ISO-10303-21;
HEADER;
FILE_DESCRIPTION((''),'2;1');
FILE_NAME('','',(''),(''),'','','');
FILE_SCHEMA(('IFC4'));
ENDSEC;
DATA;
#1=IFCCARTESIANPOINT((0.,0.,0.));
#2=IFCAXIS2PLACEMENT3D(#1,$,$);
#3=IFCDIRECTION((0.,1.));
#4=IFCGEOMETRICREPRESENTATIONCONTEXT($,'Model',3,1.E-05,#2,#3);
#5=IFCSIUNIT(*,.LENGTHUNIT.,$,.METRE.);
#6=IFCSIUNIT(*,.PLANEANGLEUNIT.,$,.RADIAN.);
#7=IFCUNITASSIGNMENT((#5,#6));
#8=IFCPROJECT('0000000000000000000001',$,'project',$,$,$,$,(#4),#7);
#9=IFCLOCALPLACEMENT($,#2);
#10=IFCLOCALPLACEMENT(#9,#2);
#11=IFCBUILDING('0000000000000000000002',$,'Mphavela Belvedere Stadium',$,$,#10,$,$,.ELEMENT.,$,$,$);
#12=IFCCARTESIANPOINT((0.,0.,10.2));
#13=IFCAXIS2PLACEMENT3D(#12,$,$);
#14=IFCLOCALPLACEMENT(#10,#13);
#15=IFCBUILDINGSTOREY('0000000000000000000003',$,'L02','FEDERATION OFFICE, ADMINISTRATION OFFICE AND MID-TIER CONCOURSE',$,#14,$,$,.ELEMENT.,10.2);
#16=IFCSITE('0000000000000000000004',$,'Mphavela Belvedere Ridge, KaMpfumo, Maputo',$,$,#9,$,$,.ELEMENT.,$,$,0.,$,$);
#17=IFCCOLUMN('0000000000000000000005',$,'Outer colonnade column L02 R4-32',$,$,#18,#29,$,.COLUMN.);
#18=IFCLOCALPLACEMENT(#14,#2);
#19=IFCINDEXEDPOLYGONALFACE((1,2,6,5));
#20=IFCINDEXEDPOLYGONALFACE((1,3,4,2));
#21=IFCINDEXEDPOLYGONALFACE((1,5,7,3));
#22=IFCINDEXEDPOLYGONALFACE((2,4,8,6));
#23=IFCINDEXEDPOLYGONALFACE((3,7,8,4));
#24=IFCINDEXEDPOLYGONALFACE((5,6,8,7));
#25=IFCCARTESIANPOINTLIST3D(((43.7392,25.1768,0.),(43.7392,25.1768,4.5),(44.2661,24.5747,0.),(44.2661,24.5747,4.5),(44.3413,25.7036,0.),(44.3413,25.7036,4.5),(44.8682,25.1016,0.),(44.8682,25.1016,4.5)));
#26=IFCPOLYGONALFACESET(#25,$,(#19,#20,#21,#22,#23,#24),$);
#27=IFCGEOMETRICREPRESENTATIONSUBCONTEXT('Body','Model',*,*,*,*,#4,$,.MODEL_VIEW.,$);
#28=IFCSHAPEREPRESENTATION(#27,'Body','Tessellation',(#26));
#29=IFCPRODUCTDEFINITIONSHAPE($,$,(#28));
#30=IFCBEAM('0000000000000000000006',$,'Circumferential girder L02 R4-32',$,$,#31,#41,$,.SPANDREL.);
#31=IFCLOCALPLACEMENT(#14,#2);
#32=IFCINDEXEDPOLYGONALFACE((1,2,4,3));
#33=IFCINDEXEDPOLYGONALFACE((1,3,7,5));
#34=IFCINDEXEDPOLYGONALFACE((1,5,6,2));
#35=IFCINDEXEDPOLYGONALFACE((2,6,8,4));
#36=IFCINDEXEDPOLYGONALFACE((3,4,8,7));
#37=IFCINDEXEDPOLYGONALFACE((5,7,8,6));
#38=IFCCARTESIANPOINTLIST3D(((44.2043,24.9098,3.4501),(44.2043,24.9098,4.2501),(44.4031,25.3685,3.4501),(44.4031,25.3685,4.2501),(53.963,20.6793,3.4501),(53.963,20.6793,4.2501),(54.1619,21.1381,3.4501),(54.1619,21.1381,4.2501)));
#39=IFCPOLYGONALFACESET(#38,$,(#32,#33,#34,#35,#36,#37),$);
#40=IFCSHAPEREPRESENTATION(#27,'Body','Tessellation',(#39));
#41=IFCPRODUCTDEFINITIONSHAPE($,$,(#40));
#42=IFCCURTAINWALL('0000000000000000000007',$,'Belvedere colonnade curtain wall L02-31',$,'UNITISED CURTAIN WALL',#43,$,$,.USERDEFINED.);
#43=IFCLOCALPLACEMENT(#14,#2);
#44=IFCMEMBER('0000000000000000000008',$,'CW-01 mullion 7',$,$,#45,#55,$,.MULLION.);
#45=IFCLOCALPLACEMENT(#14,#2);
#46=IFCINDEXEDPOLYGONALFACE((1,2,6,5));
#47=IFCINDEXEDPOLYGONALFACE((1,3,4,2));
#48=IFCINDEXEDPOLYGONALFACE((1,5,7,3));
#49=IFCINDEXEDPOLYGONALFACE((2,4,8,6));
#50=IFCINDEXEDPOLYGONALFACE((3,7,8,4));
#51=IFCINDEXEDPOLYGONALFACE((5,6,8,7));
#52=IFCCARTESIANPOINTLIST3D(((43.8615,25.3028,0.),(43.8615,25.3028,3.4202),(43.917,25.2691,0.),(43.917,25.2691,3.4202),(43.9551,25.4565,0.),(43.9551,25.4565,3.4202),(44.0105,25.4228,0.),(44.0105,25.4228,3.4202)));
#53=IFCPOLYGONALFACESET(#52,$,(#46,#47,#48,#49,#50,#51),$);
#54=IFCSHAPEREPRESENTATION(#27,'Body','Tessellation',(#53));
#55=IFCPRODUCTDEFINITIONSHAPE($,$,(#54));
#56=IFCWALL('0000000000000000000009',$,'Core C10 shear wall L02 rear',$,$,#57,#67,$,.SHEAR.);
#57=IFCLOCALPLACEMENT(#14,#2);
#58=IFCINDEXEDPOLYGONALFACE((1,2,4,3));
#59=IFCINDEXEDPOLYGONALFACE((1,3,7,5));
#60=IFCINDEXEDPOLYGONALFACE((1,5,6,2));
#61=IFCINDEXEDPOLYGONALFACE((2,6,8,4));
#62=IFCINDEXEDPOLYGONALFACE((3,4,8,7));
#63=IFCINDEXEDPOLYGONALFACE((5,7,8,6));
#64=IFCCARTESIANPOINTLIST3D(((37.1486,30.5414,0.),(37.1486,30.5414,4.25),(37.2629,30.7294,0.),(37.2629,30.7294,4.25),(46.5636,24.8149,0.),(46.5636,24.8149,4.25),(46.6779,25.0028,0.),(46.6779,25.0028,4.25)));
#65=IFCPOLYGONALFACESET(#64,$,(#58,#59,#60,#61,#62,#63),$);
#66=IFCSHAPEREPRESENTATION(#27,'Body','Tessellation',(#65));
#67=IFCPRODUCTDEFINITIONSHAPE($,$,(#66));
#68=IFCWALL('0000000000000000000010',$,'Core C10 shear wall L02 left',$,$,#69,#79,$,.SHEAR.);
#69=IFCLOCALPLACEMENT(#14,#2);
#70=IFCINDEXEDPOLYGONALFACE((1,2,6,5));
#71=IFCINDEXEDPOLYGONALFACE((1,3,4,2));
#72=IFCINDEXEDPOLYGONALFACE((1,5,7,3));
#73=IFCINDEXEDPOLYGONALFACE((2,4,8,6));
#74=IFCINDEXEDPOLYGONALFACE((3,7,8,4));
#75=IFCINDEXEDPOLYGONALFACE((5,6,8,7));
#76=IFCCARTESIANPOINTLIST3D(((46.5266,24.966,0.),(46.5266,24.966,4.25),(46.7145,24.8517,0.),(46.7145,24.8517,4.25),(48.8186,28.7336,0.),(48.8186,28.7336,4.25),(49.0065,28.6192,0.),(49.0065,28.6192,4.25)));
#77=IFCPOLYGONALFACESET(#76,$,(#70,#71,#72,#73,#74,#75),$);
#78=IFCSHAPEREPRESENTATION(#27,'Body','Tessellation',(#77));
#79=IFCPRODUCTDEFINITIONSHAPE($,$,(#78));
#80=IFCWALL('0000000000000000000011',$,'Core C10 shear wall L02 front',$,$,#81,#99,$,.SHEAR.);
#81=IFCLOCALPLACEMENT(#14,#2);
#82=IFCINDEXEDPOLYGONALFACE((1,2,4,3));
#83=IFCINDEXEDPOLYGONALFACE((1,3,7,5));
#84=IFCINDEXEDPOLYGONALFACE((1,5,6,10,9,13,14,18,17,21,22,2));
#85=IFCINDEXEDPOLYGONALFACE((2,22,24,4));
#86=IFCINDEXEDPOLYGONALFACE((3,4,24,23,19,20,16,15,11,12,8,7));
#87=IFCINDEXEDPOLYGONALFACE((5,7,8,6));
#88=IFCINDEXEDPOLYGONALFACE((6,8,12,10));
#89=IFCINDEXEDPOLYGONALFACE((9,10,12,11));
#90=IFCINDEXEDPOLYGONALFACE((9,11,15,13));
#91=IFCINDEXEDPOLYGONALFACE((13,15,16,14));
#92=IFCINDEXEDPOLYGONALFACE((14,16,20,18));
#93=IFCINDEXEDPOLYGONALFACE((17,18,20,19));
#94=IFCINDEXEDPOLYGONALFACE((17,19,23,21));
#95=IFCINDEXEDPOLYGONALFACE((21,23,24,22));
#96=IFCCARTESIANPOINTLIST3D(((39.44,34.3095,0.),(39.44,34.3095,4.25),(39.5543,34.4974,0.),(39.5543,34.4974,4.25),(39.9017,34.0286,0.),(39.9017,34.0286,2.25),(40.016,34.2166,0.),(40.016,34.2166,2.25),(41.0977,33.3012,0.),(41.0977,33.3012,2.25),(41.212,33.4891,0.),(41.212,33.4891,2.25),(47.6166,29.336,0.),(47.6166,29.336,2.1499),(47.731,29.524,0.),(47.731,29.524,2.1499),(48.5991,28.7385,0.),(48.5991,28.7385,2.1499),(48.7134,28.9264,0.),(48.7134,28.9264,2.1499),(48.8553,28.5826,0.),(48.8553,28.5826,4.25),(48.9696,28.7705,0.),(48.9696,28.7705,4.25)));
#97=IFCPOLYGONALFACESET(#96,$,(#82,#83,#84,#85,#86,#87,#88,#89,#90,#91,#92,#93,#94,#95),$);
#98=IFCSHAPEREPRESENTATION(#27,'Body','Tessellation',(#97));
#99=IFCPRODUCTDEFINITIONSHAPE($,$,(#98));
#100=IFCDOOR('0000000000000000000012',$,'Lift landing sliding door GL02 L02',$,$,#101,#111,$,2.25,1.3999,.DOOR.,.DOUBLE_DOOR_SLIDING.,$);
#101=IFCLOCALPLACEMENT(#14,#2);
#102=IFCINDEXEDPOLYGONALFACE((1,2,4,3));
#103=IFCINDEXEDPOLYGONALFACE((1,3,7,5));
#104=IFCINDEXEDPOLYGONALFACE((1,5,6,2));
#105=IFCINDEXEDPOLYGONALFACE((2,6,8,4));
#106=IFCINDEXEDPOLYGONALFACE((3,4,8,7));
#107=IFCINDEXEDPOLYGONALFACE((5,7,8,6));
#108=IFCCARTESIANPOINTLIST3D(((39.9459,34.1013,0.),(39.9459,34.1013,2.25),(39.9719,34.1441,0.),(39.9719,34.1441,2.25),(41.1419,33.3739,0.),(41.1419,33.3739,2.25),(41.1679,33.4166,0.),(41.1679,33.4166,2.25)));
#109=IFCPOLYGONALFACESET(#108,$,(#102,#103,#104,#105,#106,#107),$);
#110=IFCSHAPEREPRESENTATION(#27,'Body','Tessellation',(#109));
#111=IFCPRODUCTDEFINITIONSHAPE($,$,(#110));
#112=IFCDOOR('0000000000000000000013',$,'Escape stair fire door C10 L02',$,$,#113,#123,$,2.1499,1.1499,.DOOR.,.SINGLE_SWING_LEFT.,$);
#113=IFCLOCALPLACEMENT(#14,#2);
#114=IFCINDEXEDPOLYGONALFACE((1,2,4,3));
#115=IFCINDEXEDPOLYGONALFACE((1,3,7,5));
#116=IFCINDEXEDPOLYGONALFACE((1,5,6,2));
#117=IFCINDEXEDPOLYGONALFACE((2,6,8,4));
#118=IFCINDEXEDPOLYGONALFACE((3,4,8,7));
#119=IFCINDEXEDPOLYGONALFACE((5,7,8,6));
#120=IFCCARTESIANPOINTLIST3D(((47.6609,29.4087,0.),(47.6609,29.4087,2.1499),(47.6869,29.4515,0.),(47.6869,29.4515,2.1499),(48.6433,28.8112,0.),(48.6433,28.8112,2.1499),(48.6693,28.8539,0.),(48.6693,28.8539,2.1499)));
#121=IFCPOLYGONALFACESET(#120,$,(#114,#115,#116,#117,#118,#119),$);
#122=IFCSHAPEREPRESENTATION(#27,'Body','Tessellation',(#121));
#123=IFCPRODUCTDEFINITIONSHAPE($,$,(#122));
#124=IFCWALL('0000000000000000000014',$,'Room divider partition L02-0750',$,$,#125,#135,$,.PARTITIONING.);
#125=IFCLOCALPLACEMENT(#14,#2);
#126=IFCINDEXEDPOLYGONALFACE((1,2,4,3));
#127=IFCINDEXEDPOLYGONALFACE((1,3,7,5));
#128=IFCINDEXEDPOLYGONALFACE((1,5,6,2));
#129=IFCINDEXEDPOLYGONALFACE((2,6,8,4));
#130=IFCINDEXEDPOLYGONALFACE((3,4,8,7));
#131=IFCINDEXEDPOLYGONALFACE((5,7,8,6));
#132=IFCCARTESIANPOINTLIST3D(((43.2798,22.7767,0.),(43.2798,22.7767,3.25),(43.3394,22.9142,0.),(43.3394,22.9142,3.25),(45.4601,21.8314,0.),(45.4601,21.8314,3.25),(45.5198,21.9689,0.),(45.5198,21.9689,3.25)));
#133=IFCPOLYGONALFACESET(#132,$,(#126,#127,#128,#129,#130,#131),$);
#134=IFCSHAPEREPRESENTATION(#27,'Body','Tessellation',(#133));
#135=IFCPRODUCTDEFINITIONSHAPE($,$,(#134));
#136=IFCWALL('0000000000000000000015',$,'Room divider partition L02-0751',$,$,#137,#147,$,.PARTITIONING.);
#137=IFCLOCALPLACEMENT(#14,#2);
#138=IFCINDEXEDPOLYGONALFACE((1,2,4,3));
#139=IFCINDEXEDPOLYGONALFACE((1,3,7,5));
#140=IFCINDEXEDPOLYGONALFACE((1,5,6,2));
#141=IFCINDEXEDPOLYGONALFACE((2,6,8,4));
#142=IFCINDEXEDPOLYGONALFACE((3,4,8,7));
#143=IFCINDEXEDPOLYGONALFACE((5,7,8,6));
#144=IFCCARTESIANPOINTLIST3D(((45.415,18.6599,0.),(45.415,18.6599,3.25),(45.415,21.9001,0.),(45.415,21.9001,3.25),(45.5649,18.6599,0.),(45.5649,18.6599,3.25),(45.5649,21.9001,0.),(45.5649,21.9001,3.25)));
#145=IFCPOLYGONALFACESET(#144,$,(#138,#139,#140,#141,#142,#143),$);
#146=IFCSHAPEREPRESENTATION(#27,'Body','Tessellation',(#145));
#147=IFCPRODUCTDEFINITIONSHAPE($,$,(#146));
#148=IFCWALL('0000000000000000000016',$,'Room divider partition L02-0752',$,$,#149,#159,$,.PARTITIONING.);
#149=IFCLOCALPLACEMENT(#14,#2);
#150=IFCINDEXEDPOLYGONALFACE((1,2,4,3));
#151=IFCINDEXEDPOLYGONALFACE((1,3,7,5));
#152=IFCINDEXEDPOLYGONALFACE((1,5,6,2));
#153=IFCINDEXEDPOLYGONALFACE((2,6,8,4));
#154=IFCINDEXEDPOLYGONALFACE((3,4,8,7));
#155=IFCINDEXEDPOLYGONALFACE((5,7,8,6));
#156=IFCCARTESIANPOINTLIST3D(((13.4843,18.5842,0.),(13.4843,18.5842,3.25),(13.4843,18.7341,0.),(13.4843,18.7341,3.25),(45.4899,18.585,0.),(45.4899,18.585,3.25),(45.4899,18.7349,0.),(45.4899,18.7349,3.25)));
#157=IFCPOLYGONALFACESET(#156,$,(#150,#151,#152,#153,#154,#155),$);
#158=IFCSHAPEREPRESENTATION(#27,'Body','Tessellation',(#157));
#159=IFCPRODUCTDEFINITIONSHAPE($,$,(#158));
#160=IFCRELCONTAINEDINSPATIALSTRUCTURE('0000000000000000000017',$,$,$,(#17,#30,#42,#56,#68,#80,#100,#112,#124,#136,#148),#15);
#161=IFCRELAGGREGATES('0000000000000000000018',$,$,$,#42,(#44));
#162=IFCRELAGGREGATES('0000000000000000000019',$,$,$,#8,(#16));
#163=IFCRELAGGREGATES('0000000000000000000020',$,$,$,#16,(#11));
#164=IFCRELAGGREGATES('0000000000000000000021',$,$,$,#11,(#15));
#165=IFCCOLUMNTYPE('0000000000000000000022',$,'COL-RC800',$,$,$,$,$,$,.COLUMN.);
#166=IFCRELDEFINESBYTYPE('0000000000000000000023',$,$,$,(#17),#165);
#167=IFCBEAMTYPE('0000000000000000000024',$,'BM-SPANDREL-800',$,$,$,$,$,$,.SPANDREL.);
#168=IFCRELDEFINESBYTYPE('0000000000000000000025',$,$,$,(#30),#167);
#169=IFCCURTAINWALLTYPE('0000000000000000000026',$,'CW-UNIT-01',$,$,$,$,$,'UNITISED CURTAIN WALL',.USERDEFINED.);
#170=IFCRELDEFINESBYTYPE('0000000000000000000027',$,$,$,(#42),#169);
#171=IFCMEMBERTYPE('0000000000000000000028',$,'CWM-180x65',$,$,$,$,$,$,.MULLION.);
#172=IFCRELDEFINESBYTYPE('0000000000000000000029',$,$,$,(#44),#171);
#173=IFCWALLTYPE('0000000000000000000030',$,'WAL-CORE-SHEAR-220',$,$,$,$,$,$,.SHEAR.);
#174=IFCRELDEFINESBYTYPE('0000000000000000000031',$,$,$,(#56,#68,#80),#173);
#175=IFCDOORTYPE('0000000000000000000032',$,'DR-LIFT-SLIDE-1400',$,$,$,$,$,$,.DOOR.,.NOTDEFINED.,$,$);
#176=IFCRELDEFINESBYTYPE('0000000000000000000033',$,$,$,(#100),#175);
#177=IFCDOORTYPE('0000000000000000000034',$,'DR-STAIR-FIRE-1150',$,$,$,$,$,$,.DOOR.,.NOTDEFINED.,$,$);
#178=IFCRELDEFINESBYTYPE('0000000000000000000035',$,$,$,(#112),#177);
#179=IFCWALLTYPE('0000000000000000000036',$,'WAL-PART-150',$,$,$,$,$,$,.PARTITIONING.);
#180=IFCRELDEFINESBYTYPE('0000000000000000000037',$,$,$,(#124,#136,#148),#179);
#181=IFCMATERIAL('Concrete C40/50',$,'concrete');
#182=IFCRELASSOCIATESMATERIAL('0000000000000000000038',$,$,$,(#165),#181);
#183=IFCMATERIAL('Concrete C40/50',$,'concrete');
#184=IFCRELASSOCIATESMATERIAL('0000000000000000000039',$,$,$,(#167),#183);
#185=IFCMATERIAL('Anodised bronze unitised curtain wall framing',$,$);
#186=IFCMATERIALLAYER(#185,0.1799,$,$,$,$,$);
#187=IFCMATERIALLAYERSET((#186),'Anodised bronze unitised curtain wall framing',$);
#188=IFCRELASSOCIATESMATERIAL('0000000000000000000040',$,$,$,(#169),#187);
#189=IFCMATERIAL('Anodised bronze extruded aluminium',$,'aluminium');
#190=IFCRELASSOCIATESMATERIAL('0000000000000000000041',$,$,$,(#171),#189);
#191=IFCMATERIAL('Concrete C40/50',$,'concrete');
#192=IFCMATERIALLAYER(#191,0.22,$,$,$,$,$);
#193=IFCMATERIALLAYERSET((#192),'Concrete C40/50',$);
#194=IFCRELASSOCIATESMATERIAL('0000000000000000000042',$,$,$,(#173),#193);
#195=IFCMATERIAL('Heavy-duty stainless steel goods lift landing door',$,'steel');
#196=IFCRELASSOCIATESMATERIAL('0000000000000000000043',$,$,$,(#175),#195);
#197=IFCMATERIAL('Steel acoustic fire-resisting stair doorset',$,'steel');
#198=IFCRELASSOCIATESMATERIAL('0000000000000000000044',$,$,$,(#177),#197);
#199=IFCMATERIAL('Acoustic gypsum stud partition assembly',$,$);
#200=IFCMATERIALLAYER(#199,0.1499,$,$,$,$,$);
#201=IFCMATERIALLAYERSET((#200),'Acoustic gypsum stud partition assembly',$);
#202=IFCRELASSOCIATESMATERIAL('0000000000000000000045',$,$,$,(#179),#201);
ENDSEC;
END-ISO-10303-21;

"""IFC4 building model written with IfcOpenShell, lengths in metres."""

from ifc_helpers import new_model, si_unit, direction, frame, frame_2d, origin, origin_2d, place, context, subcontext, project, spatial, rectangle, extrude, material, layer, layer_set, material_profile, profile_set, type_object, element, fill, aggregate, save


model = new_model("IFC4")

# Units and contexts
model_context = context("Model", 3, precision=1e-05, world=origin(), true_north=direction((0.0, 1.0)))
body_context = subcontext(model_context, "Body", "Model", "MODEL_VIEW")
ifc_project = project(units=[si_unit("LENGTHUNIT", "METRE"), si_unit("PLANEANGLEUNIT", "RADIAN")], contexts=[model_context])

# Site, building, storey
site_placement = place(None, origin())
site = spatial("IfcSite", under=ifc_project, at=site_placement, Name="Mphavela Belvedere Ridge, KaMpfumo, Maputo", CompositionType="ELEMENT", RefElevation=0.0)
building_placement = place(site_placement, origin())
building = spatial("IfcBuilding", under=site, at=building_placement, Name="Mphavela Belvedere Stadium", CompositionType="ELEMENT")
storey_placement = place(building_placement, frame((0.0, 0.0, 10.2)))
storey = spatial("IfcBuildingStorey", under=building, at=storey_placement, Name="L02", Description="FEDERATION OFFICE, ADMINISTRATION OFFICE AND MID-TIER CONCOURSE", CompositionType="ELEMENT", Elevation=10.2)

# Column
ifc_material_1 = material(Name="Concrete C40/50", Category="concrete")
ifc_material_profile_1 = material_profile(ifc_material_1, rectangle(XDim=0.8, YDim=0.8, at=origin_2d()), Name="RC 800x800")
ifc_profile_set_1 = profile_set([ifc_material_profile_1], Name="Concrete C40/50")
column_type = type_object("IfcColumnType", Name="COL-RC800", PredefinedType="COLUMN", material=ifc_profile_set_1)
column_placement = place(storey_placement, frame((44.3037, 25.1392, 0.0), z_axis=(0.0, 0.0, 1.0), x_axis=(-0.75253, -0.658558, 0.0)))
element("IfcColumn", 1, at=column_placement, inside=storey, type_object=column_type, Name="Outer colonnade column L02 R4-32", PredefinedType="COLUMN", context=body_context, shape_type="SweptSolid", body=[
    extrude(rectangle(XDim=0.8, YDim=0.8, at=origin_2d()), origin(), (0.0, 0.0, 1.0), 4.5),
])

# Beam
ifc_material_2 = material(Name="Concrete C40/50", Category="concrete")
ifc_material_profile_2 = material_profile(ifc_material_2, rectangle(XDim=0.5, YDim=0.8, at=origin_2d()), Name="RC 500x800")
ifc_profile_set_2 = profile_set([ifc_material_profile_2], Name="Concrete C40/50")
beam_type = type_object("IfcBeamType", Name="BM-SPANDREL-800", PredefinedType="SPANDREL", material=ifc_profile_set_2)
beam_placement = place(storey_placement, frame((44.3037, 25.1392, 3.8501), z_axis=(0.917499, -0.397739, 0.0), x_axis=(0.397739, 0.917499, 0.0)))
element("IfcBeam", 2, at=beam_placement, inside=storey, type_object=beam_type, Name="Circumferential girder L02 R4-32", PredefinedType="SPANDREL", context=body_context, shape_type="SweptSolid", body=[
    extrude(rectangle(XDim=0.5, YDim=0.8, at=origin_2d()), origin(), (0.0, 0.0, 1.0), 10.6362),
])

# Curtain wall, member
ifc_material_3 = material(Name="Anodised bronze unitised curtain wall framing")
ifc_layer_1 = layer(ifc_material_3, 0.1799)
ifc_layer_set_1 = layer_set([ifc_layer_1], Name="Anodised bronze unitised curtain wall framing")
curtain_wall_type = type_object("IfcCurtainWallType", Name="CW-UNIT-01", ElementType="UNITISED CURTAIN WALL", PredefinedType="USERDEFINED", material=ifc_layer_set_1)
curtain_wall_placement = place(storey_placement, origin())
curtain_wall = element("IfcCurtainWall", 3, at=curtain_wall_placement, inside=storey, type_object=curtain_wall_type, Name="Belvedere colonnade curtain wall L02-31", ObjectType="UNITISED CURTAIN WALL", PredefinedType="USERDEFINED")
ifc_material_4 = material(Name="Anodised bronze extruded aluminium", Category="aluminium")
ifc_material_profile_3 = material_profile(ifc_material_4, rectangle(XDim=0.1799, YDim=0.0649, at=origin_2d()), Name="CW-MUL 180x65")
ifc_profile_set_3 = profile_set([ifc_material_profile_3], Name="Anodised bronze extruded aluminium")
member_type = type_object("IfcMemberType", Name="CWM-180x65", PredefinedType="MULLION", material=ifc_profile_set_3)
member_placement = place(storey_placement, frame((43.936, 25.3628, 0.0), z_axis=(0.0, 0.0, 1.0), x_axis=(0.519732, 0.85433, 0.0)))
member = element("IfcMember", 4, at=member_placement, type_object=member_type, Name="CW-01 mullion 7", PredefinedType="MULLION", context=body_context, shape_type="SweptSolid", body=[
    extrude(rectangle(XDim=0.1799, YDim=0.0649, at=origin_2d()), origin(), (0.0, 0.0, 1.0), 3.4202),
])
aggregate(curtain_wall, [member])

# Walls
ifc_material_5 = material(Name="Concrete C40/50", Category="concrete")
ifc_layer_2 = layer(ifc_material_5, 0.22)
ifc_layer_set_2 = layer_set([ifc_layer_2], Name="Concrete C40/50")
wall_type_1 = type_object("IfcWallType", Name="WAL-CORE-SHEAR-220", PredefinedType="SHEAR", material=ifc_layer_set_2)
wall_1_placement = place(storey_placement, frame((46.6206, 24.9089, 0.0), z_axis=(0.0, 0.0, 1.0), x_axis=(-0.854373, 0.51966, 0.0)))
element("IfcWall", 5, at=wall_1_placement, inside=storey, type_object=wall_type_1, Name="Core C10 shear wall L02 rear", PredefinedType="SHEAR", context=body_context, shape_type="SweptSolid", body=[
    extrude(rectangle(XDim=11.0198, YDim=0.22, at=frame_2d((5.5098, 0.0))), origin(), (0.0, 0.0, 1.0), 4.25),
])
wall_2_placement = place(storey_placement, frame((48.9126, 28.6765, 0.0), z_axis=(0.0, 0.0, 1.0), x_axis=(-0.519729, -0.854331, 0.0)))
element("IfcWall", 6, at=wall_2_placement, inside=storey, type_object=wall_type_1, Name="Core C10 shear wall L02 left", PredefinedType="SHEAR", context=body_context, shape_type="SweptSolid", body=[
    extrude(rectangle(XDim=4.4099, YDim=0.22, at=frame_2d((2.2051, 0.0))), origin(), (0.0, 0.0, 1.0), 4.25),
])

# Wall, openings, doors
wall_3_placement = place(storey_placement, frame((48.9126, 28.6765, 0.0), z_axis=(0.0, 0.0, 1.0), x_axis=(-0.854369, 0.519666, 0.0)))
wall_3 = element("IfcWall", 7, at=wall_3_placement, inside=storey, type_object=wall_type_1, Name="Core C10 shear wall L02 front", PredefinedType="SHEAR", context=body_context, shape_type="SweptSolid", body=[
    extrude(rectangle(XDim=11.0203, YDim=0.22, at=frame_2d((5.5103, 0.0))), origin(), (0.0, 0.0, 1.0), 4.25),
])
opening_1_placement = place(wall_3_placement, frame((0.3, 0.0, 0.0)))
opening_1 = element("IfcOpeningElement", 8, at=opening_1_placement, cuts=wall_3, PredefinedType="OPENING", context=body_context, shape_type="SweptSolid", body=[
    extrude(rectangle(XDim=1.1499, YDim=2.1499, at=frame_2d((0.575, 1.075))), frame((0.0, 0.1201, 0.0), z_axis=(0.0, -1.0, 0.0), x_axis=(1.0, 0.0, 0.0)), (0.0, 0.0, 1.0), 0.24),
])
opening_2_placement = place(wall_3_placement, frame((9.0801, 0.0, 0.0)))
opening_2 = element("IfcOpeningElement", 9, at=opening_2_placement, cuts=wall_3, PredefinedType="OPENING", context=body_context, shape_type="SweptSolid", body=[
    extrude(rectangle(XDim=1.3999, YDim=2.25, at=frame_2d((0.7, 1.125))), frame((0.0, 0.1201, 0.0), z_axis=(0.0, -1.0, 0.0), x_axis=(1.0, 0.0, 0.0)), (0.0, 0.0, 1.0), 0.24),
])
ifc_material_6 = material(Name="Heavy-duty stainless steel goods lift landing door", Category="steel")
door_type_1 = type_object("IfcDoorType", Name="DR-LIFT-SLIDE-1400", OperationType="NOTDEFINED", PredefinedType="DOOR", material=ifc_material_6)
door_1_placement = place(opening_2_placement, origin())
door_1 = element("IfcDoor", 10, at=door_1_placement, inside=storey, type_object=door_type_1, Name="Lift landing sliding door GL02 L02", OperationType="DOUBLE_DOOR_SLIDING", OverallHeight=2.25, OverallWidth=1.3999, PredefinedType="DOOR", context=body_context, shape_type="SweptSolid", body=[
    extrude(rectangle(XDim=1.3999, YDim=2.25, at=frame_2d((0.7, 1.125))), frame((0.0, 0.0249, 0.0), z_axis=(0.0, -1.0, 0.0), x_axis=(1.0, 0.0, 0.0)), (0.0, 0.0, 1.0), 0.05),
])
fill(opening_2, door_1)
ifc_material_7 = material(Name="Steel acoustic fire-resisting stair doorset", Category="steel")
door_type_2 = type_object("IfcDoorType", Name="DR-STAIR-FIRE-1150", OperationType="NOTDEFINED", PredefinedType="DOOR", material=ifc_material_7)
door_2_placement = place(opening_1_placement, origin())
door_2 = element("IfcDoor", 11, at=door_2_placement, inside=storey, type_object=door_type_2, Name="Escape stair fire door C10 L02", OperationType="SINGLE_SWING_LEFT", OverallHeight=2.1499, OverallWidth=1.1499, PredefinedType="DOOR", context=body_context, shape_type="SweptSolid", body=[
    extrude(rectangle(XDim=1.1499, YDim=2.1499, at=frame_2d((0.575, 1.075))), frame((0.0, 0.0249, 0.0), z_axis=(0.0, -1.0, 0.0), x_axis=(1.0, 0.0, 0.0)), (0.0, 0.0, 1.0), 0.05),
])
fill(opening_1, door_2)

# Walls
ifc_material_8 = material(Name="Acoustic gypsum stud partition assembly")
ifc_layer_3 = layer(ifc_material_8, 0.1499)
ifc_layer_set_3 = layer_set([ifc_layer_3], Name="Acoustic gypsum stud partition assembly")
wall_type_2 = type_object("IfcWallType", Name="WAL-PART-150", PredefinedType="PARTITIONING", material=ifc_layer_set_3)
wall_4_placement = place(storey_placement, frame((43.3096, 22.8455, 0.0), z_axis=(0.0, 0.0, 1.0), x_axis=(0.917484, -0.397772, 0.0)))
element("IfcWall", 12, at=wall_4_placement, inside=storey, type_object=wall_type_2, Name="Room divider partition L02-0750", PredefinedType="PARTITIONING", context=body_context, shape_type="SweptSolid", body=[
    extrude(rectangle(XDim=2.3765, YDim=0.1499, at=frame_2d((1.1882, 0.0))), origin(), (0.0, 0.0, 1.0), 3.25),
])
wall_5_placement = place(storey_placement, frame((45.49, 21.9001, 0.0), z_axis=(0.0, 0.0, 1.0), x_axis=(0.0, -1.0, 0.0)))
element("IfcWall", 13, at=wall_5_placement, inside=storey, type_object=wall_type_2, Name="Room divider partition L02-0751", PredefinedType="PARTITIONING", context=body_context, shape_type="SweptSolid", body=[
    extrude(rectangle(XDim=3.2402, YDim=0.1499, at=frame_2d((1.6201, 0.0))), origin(), (0.0, 0.0, 1.0), 3.25),
])
wall_6_placement = place(storey_placement, frame((45.49, 18.6599, 0.0), z_axis=(0.0, 0.0, 1.0), x_axis=(-1.0, -0.000023, 0.0)))
element("IfcWall", 14, at=wall_6_placement, inside=storey, type_object=wall_type_2, Name="Room divider partition L02-0752", PredefinedType="PARTITIONING", context=body_context, shape_type="SweptSolid", body=[
    extrude(rectangle(XDim=32.0056, YDim=0.1499, at=frame_2d((16.0029, 0.0))), origin(), (0.0, 0.0, 1.0), 3.25),
])

save(model, "model.ifc")
